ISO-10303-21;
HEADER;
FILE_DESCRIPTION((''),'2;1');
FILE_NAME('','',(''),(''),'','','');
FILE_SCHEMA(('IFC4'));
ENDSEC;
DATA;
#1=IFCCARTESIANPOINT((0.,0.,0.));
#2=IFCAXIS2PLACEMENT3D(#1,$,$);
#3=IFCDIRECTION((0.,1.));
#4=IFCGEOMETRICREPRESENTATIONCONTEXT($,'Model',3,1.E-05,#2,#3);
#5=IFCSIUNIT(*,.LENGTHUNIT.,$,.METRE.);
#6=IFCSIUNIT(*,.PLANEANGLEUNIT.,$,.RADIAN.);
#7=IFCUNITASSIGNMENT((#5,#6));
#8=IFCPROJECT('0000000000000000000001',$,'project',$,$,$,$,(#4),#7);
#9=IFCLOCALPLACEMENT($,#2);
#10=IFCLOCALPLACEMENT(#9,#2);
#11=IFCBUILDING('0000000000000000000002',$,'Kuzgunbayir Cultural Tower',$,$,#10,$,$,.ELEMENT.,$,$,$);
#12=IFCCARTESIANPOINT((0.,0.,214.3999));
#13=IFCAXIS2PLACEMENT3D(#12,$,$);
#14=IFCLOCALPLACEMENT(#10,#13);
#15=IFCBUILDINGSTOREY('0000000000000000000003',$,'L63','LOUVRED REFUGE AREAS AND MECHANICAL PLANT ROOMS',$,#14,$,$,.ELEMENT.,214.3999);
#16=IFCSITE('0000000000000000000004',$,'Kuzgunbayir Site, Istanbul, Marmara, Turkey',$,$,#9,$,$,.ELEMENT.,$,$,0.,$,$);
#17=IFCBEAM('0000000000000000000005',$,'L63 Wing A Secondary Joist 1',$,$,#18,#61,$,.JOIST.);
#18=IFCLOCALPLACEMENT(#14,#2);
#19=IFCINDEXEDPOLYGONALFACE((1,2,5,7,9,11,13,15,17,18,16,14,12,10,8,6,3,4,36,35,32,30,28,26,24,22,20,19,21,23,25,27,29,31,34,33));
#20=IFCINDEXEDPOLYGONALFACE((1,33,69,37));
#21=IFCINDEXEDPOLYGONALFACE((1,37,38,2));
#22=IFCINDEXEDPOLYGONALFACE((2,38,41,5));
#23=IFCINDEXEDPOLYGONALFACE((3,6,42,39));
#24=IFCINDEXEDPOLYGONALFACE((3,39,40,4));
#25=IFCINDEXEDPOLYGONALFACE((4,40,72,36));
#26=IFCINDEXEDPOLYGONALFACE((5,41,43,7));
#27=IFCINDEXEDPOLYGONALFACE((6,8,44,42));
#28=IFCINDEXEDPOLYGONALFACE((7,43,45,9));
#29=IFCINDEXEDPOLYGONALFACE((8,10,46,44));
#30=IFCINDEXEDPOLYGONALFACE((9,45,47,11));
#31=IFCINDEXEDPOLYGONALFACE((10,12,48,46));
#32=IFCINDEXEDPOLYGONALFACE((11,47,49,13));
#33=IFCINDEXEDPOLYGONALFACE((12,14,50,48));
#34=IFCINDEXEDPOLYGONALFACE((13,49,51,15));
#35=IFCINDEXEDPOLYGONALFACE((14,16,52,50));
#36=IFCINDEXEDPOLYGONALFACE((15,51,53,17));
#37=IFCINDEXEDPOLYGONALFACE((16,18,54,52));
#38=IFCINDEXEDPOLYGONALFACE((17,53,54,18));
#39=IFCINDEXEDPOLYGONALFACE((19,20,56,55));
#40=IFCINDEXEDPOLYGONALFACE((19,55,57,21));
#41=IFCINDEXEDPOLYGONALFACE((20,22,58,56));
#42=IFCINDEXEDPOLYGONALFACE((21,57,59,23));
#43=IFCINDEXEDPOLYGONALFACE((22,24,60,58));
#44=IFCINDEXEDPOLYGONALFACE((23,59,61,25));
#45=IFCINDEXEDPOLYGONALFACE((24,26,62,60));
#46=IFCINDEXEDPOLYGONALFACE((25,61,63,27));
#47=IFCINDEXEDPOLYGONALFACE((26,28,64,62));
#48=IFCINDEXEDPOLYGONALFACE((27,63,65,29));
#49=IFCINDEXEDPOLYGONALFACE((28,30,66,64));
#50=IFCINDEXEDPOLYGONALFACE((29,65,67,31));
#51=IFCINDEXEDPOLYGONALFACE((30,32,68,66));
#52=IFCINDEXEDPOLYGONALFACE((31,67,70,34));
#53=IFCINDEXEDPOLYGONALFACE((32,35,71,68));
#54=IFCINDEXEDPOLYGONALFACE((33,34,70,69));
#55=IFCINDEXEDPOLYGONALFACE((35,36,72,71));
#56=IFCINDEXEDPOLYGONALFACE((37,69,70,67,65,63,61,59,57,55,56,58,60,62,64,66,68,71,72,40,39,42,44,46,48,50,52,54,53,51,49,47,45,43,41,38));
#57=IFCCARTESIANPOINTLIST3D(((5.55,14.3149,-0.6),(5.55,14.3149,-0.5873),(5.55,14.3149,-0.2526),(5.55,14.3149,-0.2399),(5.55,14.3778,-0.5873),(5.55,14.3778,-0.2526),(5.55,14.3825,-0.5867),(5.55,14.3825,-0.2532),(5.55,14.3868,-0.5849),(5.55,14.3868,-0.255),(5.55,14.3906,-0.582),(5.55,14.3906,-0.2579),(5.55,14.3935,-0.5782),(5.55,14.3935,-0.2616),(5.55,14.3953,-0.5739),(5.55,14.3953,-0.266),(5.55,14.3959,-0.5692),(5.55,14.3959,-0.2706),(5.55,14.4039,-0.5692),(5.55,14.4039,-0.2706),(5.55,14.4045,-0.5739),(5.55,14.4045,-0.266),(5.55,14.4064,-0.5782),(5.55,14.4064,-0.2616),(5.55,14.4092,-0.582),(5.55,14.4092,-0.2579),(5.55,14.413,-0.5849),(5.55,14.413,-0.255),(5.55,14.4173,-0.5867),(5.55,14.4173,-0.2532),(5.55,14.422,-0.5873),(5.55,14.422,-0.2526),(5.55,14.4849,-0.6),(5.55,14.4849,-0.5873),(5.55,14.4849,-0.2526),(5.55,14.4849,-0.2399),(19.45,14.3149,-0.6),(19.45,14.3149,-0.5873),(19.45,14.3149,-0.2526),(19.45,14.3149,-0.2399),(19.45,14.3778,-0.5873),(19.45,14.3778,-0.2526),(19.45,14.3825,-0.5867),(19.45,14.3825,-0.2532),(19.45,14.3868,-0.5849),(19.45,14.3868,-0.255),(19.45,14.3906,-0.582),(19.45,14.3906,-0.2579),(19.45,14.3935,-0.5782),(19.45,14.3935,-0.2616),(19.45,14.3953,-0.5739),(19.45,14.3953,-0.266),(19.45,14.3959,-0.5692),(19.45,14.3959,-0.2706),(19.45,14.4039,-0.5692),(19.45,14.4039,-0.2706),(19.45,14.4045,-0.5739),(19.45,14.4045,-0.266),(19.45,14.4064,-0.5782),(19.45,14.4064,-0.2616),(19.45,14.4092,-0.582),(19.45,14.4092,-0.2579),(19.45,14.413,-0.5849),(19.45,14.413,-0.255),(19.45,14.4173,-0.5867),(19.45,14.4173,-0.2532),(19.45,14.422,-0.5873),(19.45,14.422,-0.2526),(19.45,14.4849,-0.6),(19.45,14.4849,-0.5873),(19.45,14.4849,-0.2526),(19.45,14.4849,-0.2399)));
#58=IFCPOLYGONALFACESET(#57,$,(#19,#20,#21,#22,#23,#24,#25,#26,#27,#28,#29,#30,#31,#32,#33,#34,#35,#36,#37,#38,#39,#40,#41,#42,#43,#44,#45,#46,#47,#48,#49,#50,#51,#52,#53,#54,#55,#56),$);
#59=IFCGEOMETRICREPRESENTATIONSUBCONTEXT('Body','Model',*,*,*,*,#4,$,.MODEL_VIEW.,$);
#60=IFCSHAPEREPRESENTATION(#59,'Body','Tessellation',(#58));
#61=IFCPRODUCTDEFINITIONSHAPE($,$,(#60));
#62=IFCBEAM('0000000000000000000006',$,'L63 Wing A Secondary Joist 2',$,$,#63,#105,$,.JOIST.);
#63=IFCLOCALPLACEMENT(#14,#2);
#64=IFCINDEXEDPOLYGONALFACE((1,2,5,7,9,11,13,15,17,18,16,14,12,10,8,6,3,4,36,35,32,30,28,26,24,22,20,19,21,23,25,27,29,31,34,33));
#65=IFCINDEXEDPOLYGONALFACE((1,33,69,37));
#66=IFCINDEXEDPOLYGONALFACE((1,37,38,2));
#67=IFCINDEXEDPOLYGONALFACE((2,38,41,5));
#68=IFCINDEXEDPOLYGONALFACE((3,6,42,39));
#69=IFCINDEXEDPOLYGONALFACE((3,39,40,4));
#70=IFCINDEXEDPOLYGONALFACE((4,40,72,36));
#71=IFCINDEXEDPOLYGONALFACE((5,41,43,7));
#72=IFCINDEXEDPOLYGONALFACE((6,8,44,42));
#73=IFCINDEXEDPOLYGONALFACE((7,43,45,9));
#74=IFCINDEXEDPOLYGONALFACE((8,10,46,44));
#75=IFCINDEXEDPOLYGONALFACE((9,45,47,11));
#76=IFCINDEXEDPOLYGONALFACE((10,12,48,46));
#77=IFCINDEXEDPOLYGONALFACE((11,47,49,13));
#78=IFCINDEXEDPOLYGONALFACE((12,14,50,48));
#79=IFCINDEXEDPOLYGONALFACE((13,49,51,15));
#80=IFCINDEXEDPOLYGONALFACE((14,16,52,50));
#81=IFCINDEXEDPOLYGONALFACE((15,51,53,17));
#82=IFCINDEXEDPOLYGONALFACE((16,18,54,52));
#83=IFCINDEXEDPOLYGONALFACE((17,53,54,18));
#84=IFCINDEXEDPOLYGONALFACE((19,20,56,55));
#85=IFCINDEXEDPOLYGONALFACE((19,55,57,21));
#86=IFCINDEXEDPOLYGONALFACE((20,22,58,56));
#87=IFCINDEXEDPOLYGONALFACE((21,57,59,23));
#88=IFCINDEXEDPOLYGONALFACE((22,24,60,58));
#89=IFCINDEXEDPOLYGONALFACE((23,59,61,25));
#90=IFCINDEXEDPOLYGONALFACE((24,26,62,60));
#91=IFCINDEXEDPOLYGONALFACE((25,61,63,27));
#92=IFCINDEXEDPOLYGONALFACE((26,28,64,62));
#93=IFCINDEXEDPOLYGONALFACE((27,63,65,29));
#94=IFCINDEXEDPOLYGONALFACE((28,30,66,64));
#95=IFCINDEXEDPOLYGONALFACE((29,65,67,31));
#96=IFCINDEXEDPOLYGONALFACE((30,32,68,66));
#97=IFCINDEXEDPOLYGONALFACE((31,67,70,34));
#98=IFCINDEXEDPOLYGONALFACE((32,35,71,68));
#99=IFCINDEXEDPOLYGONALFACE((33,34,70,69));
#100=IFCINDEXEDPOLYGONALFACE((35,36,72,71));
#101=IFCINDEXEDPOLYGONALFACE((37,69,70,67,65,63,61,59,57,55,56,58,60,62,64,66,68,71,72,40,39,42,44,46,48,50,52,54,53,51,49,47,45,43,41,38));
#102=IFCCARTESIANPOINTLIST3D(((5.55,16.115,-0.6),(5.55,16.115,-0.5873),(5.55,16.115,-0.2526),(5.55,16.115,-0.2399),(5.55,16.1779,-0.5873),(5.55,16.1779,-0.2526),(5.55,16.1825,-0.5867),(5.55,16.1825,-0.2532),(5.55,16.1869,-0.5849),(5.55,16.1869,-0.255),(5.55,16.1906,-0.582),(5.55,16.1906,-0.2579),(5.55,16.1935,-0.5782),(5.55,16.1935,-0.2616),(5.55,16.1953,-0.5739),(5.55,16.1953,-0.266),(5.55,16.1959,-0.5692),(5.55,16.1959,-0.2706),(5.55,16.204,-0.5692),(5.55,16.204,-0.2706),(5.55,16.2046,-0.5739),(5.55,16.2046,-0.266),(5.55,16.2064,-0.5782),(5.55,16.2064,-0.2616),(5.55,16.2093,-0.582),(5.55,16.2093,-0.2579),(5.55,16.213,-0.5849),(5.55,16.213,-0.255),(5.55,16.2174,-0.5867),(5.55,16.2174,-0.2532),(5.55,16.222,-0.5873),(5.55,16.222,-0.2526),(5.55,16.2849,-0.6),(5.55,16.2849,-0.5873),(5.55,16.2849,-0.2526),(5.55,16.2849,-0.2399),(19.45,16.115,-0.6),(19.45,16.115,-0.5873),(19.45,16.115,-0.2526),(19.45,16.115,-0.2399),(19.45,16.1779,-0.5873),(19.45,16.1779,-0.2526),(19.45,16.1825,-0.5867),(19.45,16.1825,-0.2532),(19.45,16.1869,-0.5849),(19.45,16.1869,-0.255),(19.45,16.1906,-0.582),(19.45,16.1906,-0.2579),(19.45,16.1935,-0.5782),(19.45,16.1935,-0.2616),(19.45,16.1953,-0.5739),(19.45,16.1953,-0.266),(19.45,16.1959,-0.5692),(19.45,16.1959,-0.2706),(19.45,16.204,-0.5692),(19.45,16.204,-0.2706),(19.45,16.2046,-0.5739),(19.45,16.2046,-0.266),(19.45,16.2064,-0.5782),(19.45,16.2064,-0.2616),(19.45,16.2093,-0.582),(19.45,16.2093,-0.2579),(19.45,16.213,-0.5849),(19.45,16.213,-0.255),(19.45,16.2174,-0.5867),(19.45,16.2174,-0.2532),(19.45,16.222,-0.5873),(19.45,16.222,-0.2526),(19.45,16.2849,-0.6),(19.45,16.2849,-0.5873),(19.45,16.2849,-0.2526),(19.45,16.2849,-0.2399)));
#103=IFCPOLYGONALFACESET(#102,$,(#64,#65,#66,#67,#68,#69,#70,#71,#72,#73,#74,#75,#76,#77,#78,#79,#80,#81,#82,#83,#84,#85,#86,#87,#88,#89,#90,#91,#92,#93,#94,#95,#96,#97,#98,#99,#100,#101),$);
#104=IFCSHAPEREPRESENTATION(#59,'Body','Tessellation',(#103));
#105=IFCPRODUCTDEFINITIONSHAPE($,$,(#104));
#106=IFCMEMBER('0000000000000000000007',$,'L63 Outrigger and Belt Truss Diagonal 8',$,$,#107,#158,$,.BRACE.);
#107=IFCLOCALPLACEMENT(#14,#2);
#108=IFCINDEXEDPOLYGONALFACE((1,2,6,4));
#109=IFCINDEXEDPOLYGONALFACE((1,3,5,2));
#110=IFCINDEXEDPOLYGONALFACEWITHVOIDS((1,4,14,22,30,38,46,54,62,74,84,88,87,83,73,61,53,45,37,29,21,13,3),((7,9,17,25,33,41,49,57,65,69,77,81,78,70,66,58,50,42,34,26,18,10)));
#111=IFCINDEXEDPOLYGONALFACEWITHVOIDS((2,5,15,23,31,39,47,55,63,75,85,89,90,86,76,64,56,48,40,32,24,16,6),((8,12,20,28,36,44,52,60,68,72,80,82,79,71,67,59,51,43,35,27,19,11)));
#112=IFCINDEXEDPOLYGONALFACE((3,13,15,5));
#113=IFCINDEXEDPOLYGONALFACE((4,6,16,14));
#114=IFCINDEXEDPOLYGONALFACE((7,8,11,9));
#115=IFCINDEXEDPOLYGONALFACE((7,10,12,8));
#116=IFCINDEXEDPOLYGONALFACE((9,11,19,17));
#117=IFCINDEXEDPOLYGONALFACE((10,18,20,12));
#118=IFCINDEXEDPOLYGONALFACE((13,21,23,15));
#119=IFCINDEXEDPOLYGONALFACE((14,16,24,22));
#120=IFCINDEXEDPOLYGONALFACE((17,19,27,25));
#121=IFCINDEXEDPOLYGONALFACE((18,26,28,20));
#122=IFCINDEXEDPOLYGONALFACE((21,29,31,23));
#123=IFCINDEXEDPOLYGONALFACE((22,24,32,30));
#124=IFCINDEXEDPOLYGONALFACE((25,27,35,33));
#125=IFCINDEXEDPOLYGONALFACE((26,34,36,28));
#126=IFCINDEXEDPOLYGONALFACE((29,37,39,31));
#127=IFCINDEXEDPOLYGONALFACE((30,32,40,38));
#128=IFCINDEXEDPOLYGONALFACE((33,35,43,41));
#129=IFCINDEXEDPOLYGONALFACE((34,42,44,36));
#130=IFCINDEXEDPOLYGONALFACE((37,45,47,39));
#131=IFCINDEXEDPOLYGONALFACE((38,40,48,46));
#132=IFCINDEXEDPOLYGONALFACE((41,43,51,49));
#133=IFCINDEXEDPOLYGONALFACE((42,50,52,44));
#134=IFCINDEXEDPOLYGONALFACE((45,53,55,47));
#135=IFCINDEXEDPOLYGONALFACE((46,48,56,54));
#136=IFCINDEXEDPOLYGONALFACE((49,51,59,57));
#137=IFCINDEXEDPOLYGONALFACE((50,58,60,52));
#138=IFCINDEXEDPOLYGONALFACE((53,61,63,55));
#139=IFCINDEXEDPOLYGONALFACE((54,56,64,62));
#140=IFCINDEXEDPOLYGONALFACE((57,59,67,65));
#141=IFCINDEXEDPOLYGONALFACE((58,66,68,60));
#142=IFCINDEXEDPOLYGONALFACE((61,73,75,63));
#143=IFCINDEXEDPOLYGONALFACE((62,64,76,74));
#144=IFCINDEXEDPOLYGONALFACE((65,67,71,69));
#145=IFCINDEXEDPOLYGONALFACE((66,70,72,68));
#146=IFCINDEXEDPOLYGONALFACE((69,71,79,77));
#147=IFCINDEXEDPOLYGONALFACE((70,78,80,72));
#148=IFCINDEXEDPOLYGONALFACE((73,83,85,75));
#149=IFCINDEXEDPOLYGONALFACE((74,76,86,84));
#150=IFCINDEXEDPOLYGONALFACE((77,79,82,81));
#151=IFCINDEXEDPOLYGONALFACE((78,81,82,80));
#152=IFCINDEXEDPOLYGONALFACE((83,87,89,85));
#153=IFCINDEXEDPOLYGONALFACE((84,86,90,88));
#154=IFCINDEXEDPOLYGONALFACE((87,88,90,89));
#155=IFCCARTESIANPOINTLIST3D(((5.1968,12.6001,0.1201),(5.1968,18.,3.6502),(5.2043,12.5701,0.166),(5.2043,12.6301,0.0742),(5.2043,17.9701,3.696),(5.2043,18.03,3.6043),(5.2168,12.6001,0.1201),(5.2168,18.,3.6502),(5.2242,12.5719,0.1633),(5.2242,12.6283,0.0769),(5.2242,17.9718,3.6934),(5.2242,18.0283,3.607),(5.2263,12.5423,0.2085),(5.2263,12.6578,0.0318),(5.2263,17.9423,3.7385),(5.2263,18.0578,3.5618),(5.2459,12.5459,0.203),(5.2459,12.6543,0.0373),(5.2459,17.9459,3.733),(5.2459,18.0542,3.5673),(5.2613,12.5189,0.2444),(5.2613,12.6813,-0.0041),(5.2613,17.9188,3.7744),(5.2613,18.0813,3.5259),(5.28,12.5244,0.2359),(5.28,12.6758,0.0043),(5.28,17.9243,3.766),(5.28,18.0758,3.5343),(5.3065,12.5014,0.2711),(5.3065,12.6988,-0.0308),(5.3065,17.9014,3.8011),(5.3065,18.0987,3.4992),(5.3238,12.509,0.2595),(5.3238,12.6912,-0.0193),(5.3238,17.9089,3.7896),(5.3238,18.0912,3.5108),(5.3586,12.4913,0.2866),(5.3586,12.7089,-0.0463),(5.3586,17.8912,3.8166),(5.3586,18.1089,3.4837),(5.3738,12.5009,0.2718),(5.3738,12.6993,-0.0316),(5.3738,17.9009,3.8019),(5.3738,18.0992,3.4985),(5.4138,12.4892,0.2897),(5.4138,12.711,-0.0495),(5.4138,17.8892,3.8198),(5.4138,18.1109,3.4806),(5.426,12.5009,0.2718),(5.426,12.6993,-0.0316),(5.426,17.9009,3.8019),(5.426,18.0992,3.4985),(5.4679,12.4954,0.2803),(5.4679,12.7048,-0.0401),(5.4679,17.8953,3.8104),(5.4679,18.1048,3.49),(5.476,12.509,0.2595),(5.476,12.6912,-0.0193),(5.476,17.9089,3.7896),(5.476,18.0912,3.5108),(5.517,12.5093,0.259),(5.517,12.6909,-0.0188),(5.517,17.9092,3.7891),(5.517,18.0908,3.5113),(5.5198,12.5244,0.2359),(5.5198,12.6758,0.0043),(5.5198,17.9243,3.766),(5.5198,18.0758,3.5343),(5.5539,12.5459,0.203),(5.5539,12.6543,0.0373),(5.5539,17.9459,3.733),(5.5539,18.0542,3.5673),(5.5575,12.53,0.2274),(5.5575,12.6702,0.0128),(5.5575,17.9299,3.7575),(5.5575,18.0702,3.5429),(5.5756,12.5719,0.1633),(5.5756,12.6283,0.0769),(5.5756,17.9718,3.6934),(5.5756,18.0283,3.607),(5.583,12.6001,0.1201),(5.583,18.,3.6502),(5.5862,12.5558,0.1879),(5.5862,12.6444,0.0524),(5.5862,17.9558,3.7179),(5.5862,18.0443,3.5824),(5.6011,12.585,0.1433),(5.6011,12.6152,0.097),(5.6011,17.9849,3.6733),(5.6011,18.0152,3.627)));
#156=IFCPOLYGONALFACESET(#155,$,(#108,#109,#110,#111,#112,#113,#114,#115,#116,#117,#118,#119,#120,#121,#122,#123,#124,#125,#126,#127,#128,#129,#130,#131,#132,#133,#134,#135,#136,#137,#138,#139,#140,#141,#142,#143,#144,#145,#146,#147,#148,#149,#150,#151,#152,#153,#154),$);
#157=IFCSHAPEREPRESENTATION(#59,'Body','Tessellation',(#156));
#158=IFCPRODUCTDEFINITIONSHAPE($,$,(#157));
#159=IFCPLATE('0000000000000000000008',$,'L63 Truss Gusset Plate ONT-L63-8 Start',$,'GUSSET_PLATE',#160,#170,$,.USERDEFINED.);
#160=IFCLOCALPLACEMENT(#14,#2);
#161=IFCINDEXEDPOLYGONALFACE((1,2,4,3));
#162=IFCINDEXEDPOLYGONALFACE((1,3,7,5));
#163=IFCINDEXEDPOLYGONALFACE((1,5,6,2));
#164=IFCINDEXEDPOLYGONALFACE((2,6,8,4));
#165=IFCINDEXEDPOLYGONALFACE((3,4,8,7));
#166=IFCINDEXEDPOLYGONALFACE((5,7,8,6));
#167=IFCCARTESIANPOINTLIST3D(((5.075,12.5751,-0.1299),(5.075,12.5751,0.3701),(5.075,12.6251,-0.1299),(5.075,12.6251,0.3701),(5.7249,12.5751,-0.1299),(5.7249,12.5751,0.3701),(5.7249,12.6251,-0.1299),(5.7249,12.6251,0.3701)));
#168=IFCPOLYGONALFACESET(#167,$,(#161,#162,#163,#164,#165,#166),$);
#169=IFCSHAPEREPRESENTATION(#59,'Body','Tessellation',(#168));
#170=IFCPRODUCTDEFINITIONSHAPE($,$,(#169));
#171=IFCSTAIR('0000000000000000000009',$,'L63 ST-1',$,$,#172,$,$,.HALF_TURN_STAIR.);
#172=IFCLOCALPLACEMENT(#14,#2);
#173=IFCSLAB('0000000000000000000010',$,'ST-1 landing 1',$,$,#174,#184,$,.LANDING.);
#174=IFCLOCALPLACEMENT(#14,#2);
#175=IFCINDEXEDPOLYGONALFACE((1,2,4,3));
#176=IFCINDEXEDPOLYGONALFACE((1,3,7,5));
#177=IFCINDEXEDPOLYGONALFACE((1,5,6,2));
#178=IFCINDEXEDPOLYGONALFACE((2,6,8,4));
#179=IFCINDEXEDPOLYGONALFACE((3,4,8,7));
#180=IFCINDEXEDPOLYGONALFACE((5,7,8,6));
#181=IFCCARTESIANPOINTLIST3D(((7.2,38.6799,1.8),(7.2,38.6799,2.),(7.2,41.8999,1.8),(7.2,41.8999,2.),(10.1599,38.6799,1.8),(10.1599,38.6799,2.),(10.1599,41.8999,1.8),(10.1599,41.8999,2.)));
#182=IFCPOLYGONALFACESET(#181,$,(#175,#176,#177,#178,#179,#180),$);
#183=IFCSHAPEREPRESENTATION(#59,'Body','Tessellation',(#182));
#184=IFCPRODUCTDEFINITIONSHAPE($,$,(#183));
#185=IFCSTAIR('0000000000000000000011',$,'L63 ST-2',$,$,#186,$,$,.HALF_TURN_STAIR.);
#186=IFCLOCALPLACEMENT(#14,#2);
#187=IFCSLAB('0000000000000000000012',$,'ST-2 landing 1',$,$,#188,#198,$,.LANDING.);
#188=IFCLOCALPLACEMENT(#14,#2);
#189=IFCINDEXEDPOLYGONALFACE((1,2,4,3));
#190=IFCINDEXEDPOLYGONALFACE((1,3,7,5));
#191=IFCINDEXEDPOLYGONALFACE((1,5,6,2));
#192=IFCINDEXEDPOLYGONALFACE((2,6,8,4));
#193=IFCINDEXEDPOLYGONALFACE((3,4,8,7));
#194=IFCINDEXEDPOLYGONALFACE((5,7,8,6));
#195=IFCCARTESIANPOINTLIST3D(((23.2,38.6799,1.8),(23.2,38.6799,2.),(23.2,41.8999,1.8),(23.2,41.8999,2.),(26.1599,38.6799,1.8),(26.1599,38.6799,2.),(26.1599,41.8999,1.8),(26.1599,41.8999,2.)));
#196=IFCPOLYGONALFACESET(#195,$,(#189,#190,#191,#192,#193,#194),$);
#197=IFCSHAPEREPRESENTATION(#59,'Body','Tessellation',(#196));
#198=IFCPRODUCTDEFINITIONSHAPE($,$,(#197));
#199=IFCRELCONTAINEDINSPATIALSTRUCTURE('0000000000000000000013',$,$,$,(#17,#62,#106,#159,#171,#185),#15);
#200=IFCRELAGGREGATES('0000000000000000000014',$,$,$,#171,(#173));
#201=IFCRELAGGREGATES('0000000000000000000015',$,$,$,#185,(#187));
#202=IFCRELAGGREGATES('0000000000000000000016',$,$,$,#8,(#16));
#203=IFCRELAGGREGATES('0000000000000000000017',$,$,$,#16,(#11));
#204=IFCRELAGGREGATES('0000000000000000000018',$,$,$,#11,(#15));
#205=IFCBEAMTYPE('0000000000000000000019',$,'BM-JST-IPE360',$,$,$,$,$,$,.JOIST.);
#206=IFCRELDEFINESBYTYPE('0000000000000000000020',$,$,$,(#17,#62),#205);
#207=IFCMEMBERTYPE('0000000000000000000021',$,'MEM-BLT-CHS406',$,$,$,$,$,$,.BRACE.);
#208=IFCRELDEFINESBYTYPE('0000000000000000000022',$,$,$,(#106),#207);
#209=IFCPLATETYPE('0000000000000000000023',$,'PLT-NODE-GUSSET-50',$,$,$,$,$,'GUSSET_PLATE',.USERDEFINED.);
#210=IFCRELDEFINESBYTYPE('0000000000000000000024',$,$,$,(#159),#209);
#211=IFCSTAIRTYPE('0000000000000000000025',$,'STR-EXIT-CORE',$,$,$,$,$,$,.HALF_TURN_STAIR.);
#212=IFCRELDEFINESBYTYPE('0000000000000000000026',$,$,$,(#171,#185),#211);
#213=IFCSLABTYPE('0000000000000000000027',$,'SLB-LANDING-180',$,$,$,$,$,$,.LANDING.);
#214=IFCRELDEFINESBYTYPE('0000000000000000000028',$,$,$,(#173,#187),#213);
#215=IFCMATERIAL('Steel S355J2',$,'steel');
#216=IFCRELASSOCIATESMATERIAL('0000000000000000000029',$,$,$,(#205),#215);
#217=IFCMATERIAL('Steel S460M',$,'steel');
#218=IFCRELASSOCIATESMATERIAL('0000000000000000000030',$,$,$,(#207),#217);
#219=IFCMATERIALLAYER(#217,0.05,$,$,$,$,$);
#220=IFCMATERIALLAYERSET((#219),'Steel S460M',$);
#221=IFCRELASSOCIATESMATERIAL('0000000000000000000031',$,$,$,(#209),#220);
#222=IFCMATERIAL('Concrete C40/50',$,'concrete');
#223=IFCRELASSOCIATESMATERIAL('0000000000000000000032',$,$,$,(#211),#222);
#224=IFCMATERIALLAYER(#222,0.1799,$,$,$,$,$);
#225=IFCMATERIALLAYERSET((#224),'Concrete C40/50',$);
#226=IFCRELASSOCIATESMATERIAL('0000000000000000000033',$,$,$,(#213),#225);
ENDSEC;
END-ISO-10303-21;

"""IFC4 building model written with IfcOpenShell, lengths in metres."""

from ifc_helpers import new_model, si_unit, direction, frame, origin, origin_2d, place, context, subcontext, project, spatial, polyline, rectangle, hollow_circle, i_section, outline, extrude, material, layer, layer_set, material_profile, profile_set, type_object, element, aggregate, save


model = new_model("IFC4")

# Units and contexts
model_context = context("Model", 3, precision=1e-05, world=origin(), true_north=direction((0.0, 1.0)))
body_context = subcontext(model_context, "Body", "Model", "MODEL_VIEW")
ifc_project = project(units=[si_unit("LENGTHUNIT", "METRE"), si_unit("PLANEANGLEUNIT", "RADIAN")], contexts=[model_context])

# Site, building, storey
site_placement = place(None, origin())
site = spatial("IfcSite", under=ifc_project, at=site_placement, Name="Kuzgunbayir Site, Istanbul, Marmara, Turkey", CompositionType="ELEMENT", RefElevation=0.0)
building_placement = place(site_placement, origin())
building = spatial("IfcBuilding", under=site, at=building_placement, Name="Kuzgunbayir Cultural Tower", CompositionType="ELEMENT")
storey_placement = place(building_placement, frame((0.0, 0.0, 214.3999)))
storey = spatial("IfcBuildingStorey", under=building, at=storey_placement, Name="L63", Description="LOUVRED REFUGE AREAS AND MECHANICAL PLANT ROOMS", CompositionType="ELEMENT", Elevation=214.3999)

# Beams
ifc_material_1 = material(Name="Steel S355J2", Category="steel")
ifc_material_profile_1 = material_profile(ifc_material_1, i_section(OverallWidth=0.1699, OverallDepth=0.3601, WebThickness=0.0081, FlangeThickness=0.0127, FilletRadius=0.0181, at=origin_2d()), Name="IPE 360")
ifc_profile_set_1 = profile_set([ifc_material_profile_1], Name="Steel S355J2")
beam_type_1 = type_object("IfcBeamType", Name="BM-JST-IPE360", PredefinedType="JOIST", material=ifc_profile_set_1)
for number, where, z_axis, x_axis, name in (
    (1, (5.55, 14.3999, -0.4199), (1.0, 0.0, 0.0), (0.0, 1.0, 0.0), "L63 Wing A Secondary Joist 1"),
    (2, (5.55, 16.2, -0.4199), (1.0, 0.0, 0.0), (0.0, 1.0, 0.0), "L63 Wing A Secondary Joist 2"),
):
    element("IfcBeam", number, at=place(storey_placement, frame(where, z_axis=z_axis, x_axis=x_axis)), inside=storey, type_object=beam_type_1, Name=name, PredefinedType="JOIST", context=body_context, shape_type="SweptSolid", body=[
        extrude(i_section(OverallWidth=0.1699, OverallDepth=0.3601, WebThickness=0.0081, FlangeThickness=0.0127, FilletRadius=0.0181, at=origin_2d()), origin(), (0.0, 0.0, 1.0), 13.8999),
    ])

# Member
ifc_material_2 = material(Name="Steel S460M", Category="steel")
ifc_material_profile_2 = material_profile(ifc_material_2, hollow_circle(Radius=0.2031, WallThickness=0.02, at=origin_2d()), Name="CHS 406.4x20")
ifc_profile_set_2 = profile_set([ifc_material_profile_2], Name="Steel S460M")
member_type = type_object("IfcMemberType", Name="MEM-BLT-CHS406", PredefinedType="BRACE", material=ifc_profile_set_2)
member_placement = place(storey_placement, frame((5.3999, 12.6001, 0.1201), z_axis=(0.0, 0.837018, 0.547176), x_axis=(-1.0, 0.0, 0.0)))
element("IfcMember", 3, at=member_placement, inside=storey, type_object=member_type, Name="L63 Outrigger and Belt Truss Diagonal 8", PredefinedType="BRACE", context=body_context, shape_type="SweptSolid", body=[
    extrude(hollow_circle(Radius=0.2031, WallThickness=0.02, at=origin_2d()), origin(), (0.0, 0.0, 1.0), 6.4514),
])

# Plate
ifc_layer_1 = layer(ifc_material_2, 0.05)
ifc_layer_set_1 = layer_set([ifc_layer_1], Name="Steel S460M")
plate_type = type_object("IfcPlateType", Name="PLT-NODE-GUSSET-50", ElementType="GUSSET_PLATE", PredefinedType="USERDEFINED", material=ifc_layer_set_1)
plate_placement = place(storey_placement, frame((5.3999, 12.6001, -0.1299), z_axis=(0.0, 0.0, 1.0), x_axis=(1.0, 0.0, 0.0)))
element("IfcPlate", 4, at=plate_placement, inside=storey, type_object=plate_type, Name="L63 Truss Gusset Plate ONT-L63-8 Start", ObjectType="GUSSET_PLATE", PredefinedType="USERDEFINED", context=body_context, shape_type="SweptSolid", body=[
    extrude(rectangle(XDim=0.6499, YDim=0.05, at=origin_2d()), origin(), (0.0, 0.0, 1.0), 0.5),
])

# Stairs, slabs
ifc_material_3 = material(Name="Concrete C40/50", Category="concrete")
stair_type = type_object("IfcStairType", Name="STR-EXIT-CORE", PredefinedType="HALF_TURN_STAIR", material=ifc_material_3)
stair_1_placement = place(storey_placement, origin())
stair_1 = element("IfcStair", 5, at=stair_1_placement, inside=storey, type_object=stair_type, Name="L63 ST-1", PredefinedType="HALF_TURN_STAIR")
ifc_layer_2 = layer(ifc_material_3, 0.1799)
ifc_layer_set_2 = layer_set([ifc_layer_2], Name="Concrete C40/50")
slab_type_1 = type_object("IfcSlabType", Name="SLB-LANDING-180", PredefinedType="LANDING", material=ifc_layer_set_2)
slab_1_placement = place(storey_placement, frame((0.0, 0.0, 1.8)))
slab_1 = element("IfcSlab", 6, at=slab_1_placement, type_object=slab_type_1, Name="ST-1 landing 1", PredefinedType="LANDING", context=body_context, shape_type="SweptSolid", body=[
    extrude(outline(polyline([(10.1599, 38.6799), (10.1599, 41.8999), (7.2, 41.8999), (7.2, 38.6799), (10.1599, 38.6799)])), origin(), (0.0, 0.0, 1.0), 0.2),
])
aggregate(stair_1, [slab_1])
stair_2_placement = place(storey_placement, origin())
stair_2 = element("IfcStair", 7, at=stair_2_placement, inside=storey, type_object=stair_type, Name="L63 ST-2", PredefinedType="HALF_TURN_STAIR")
slab_2_placement = place(storey_placement, frame((0.0, 0.0, 1.8)))
slab_2 = element("IfcSlab", 8, at=slab_2_placement, type_object=slab_type_1, Name="ST-2 landing 1", PredefinedType="LANDING", context=body_context, shape_type="SweptSolid", body=[
    extrude(outline(polyline([(26.1599, 38.6799), (26.1599, 41.8999), (23.2, 41.8999), (23.2, 38.6799), (26.1599, 38.6799)])), origin(), (0.0, 0.0, 1.0), 0.2),
])
aggregate(stair_2, [slab_2])

save(model, "model.ifc")
